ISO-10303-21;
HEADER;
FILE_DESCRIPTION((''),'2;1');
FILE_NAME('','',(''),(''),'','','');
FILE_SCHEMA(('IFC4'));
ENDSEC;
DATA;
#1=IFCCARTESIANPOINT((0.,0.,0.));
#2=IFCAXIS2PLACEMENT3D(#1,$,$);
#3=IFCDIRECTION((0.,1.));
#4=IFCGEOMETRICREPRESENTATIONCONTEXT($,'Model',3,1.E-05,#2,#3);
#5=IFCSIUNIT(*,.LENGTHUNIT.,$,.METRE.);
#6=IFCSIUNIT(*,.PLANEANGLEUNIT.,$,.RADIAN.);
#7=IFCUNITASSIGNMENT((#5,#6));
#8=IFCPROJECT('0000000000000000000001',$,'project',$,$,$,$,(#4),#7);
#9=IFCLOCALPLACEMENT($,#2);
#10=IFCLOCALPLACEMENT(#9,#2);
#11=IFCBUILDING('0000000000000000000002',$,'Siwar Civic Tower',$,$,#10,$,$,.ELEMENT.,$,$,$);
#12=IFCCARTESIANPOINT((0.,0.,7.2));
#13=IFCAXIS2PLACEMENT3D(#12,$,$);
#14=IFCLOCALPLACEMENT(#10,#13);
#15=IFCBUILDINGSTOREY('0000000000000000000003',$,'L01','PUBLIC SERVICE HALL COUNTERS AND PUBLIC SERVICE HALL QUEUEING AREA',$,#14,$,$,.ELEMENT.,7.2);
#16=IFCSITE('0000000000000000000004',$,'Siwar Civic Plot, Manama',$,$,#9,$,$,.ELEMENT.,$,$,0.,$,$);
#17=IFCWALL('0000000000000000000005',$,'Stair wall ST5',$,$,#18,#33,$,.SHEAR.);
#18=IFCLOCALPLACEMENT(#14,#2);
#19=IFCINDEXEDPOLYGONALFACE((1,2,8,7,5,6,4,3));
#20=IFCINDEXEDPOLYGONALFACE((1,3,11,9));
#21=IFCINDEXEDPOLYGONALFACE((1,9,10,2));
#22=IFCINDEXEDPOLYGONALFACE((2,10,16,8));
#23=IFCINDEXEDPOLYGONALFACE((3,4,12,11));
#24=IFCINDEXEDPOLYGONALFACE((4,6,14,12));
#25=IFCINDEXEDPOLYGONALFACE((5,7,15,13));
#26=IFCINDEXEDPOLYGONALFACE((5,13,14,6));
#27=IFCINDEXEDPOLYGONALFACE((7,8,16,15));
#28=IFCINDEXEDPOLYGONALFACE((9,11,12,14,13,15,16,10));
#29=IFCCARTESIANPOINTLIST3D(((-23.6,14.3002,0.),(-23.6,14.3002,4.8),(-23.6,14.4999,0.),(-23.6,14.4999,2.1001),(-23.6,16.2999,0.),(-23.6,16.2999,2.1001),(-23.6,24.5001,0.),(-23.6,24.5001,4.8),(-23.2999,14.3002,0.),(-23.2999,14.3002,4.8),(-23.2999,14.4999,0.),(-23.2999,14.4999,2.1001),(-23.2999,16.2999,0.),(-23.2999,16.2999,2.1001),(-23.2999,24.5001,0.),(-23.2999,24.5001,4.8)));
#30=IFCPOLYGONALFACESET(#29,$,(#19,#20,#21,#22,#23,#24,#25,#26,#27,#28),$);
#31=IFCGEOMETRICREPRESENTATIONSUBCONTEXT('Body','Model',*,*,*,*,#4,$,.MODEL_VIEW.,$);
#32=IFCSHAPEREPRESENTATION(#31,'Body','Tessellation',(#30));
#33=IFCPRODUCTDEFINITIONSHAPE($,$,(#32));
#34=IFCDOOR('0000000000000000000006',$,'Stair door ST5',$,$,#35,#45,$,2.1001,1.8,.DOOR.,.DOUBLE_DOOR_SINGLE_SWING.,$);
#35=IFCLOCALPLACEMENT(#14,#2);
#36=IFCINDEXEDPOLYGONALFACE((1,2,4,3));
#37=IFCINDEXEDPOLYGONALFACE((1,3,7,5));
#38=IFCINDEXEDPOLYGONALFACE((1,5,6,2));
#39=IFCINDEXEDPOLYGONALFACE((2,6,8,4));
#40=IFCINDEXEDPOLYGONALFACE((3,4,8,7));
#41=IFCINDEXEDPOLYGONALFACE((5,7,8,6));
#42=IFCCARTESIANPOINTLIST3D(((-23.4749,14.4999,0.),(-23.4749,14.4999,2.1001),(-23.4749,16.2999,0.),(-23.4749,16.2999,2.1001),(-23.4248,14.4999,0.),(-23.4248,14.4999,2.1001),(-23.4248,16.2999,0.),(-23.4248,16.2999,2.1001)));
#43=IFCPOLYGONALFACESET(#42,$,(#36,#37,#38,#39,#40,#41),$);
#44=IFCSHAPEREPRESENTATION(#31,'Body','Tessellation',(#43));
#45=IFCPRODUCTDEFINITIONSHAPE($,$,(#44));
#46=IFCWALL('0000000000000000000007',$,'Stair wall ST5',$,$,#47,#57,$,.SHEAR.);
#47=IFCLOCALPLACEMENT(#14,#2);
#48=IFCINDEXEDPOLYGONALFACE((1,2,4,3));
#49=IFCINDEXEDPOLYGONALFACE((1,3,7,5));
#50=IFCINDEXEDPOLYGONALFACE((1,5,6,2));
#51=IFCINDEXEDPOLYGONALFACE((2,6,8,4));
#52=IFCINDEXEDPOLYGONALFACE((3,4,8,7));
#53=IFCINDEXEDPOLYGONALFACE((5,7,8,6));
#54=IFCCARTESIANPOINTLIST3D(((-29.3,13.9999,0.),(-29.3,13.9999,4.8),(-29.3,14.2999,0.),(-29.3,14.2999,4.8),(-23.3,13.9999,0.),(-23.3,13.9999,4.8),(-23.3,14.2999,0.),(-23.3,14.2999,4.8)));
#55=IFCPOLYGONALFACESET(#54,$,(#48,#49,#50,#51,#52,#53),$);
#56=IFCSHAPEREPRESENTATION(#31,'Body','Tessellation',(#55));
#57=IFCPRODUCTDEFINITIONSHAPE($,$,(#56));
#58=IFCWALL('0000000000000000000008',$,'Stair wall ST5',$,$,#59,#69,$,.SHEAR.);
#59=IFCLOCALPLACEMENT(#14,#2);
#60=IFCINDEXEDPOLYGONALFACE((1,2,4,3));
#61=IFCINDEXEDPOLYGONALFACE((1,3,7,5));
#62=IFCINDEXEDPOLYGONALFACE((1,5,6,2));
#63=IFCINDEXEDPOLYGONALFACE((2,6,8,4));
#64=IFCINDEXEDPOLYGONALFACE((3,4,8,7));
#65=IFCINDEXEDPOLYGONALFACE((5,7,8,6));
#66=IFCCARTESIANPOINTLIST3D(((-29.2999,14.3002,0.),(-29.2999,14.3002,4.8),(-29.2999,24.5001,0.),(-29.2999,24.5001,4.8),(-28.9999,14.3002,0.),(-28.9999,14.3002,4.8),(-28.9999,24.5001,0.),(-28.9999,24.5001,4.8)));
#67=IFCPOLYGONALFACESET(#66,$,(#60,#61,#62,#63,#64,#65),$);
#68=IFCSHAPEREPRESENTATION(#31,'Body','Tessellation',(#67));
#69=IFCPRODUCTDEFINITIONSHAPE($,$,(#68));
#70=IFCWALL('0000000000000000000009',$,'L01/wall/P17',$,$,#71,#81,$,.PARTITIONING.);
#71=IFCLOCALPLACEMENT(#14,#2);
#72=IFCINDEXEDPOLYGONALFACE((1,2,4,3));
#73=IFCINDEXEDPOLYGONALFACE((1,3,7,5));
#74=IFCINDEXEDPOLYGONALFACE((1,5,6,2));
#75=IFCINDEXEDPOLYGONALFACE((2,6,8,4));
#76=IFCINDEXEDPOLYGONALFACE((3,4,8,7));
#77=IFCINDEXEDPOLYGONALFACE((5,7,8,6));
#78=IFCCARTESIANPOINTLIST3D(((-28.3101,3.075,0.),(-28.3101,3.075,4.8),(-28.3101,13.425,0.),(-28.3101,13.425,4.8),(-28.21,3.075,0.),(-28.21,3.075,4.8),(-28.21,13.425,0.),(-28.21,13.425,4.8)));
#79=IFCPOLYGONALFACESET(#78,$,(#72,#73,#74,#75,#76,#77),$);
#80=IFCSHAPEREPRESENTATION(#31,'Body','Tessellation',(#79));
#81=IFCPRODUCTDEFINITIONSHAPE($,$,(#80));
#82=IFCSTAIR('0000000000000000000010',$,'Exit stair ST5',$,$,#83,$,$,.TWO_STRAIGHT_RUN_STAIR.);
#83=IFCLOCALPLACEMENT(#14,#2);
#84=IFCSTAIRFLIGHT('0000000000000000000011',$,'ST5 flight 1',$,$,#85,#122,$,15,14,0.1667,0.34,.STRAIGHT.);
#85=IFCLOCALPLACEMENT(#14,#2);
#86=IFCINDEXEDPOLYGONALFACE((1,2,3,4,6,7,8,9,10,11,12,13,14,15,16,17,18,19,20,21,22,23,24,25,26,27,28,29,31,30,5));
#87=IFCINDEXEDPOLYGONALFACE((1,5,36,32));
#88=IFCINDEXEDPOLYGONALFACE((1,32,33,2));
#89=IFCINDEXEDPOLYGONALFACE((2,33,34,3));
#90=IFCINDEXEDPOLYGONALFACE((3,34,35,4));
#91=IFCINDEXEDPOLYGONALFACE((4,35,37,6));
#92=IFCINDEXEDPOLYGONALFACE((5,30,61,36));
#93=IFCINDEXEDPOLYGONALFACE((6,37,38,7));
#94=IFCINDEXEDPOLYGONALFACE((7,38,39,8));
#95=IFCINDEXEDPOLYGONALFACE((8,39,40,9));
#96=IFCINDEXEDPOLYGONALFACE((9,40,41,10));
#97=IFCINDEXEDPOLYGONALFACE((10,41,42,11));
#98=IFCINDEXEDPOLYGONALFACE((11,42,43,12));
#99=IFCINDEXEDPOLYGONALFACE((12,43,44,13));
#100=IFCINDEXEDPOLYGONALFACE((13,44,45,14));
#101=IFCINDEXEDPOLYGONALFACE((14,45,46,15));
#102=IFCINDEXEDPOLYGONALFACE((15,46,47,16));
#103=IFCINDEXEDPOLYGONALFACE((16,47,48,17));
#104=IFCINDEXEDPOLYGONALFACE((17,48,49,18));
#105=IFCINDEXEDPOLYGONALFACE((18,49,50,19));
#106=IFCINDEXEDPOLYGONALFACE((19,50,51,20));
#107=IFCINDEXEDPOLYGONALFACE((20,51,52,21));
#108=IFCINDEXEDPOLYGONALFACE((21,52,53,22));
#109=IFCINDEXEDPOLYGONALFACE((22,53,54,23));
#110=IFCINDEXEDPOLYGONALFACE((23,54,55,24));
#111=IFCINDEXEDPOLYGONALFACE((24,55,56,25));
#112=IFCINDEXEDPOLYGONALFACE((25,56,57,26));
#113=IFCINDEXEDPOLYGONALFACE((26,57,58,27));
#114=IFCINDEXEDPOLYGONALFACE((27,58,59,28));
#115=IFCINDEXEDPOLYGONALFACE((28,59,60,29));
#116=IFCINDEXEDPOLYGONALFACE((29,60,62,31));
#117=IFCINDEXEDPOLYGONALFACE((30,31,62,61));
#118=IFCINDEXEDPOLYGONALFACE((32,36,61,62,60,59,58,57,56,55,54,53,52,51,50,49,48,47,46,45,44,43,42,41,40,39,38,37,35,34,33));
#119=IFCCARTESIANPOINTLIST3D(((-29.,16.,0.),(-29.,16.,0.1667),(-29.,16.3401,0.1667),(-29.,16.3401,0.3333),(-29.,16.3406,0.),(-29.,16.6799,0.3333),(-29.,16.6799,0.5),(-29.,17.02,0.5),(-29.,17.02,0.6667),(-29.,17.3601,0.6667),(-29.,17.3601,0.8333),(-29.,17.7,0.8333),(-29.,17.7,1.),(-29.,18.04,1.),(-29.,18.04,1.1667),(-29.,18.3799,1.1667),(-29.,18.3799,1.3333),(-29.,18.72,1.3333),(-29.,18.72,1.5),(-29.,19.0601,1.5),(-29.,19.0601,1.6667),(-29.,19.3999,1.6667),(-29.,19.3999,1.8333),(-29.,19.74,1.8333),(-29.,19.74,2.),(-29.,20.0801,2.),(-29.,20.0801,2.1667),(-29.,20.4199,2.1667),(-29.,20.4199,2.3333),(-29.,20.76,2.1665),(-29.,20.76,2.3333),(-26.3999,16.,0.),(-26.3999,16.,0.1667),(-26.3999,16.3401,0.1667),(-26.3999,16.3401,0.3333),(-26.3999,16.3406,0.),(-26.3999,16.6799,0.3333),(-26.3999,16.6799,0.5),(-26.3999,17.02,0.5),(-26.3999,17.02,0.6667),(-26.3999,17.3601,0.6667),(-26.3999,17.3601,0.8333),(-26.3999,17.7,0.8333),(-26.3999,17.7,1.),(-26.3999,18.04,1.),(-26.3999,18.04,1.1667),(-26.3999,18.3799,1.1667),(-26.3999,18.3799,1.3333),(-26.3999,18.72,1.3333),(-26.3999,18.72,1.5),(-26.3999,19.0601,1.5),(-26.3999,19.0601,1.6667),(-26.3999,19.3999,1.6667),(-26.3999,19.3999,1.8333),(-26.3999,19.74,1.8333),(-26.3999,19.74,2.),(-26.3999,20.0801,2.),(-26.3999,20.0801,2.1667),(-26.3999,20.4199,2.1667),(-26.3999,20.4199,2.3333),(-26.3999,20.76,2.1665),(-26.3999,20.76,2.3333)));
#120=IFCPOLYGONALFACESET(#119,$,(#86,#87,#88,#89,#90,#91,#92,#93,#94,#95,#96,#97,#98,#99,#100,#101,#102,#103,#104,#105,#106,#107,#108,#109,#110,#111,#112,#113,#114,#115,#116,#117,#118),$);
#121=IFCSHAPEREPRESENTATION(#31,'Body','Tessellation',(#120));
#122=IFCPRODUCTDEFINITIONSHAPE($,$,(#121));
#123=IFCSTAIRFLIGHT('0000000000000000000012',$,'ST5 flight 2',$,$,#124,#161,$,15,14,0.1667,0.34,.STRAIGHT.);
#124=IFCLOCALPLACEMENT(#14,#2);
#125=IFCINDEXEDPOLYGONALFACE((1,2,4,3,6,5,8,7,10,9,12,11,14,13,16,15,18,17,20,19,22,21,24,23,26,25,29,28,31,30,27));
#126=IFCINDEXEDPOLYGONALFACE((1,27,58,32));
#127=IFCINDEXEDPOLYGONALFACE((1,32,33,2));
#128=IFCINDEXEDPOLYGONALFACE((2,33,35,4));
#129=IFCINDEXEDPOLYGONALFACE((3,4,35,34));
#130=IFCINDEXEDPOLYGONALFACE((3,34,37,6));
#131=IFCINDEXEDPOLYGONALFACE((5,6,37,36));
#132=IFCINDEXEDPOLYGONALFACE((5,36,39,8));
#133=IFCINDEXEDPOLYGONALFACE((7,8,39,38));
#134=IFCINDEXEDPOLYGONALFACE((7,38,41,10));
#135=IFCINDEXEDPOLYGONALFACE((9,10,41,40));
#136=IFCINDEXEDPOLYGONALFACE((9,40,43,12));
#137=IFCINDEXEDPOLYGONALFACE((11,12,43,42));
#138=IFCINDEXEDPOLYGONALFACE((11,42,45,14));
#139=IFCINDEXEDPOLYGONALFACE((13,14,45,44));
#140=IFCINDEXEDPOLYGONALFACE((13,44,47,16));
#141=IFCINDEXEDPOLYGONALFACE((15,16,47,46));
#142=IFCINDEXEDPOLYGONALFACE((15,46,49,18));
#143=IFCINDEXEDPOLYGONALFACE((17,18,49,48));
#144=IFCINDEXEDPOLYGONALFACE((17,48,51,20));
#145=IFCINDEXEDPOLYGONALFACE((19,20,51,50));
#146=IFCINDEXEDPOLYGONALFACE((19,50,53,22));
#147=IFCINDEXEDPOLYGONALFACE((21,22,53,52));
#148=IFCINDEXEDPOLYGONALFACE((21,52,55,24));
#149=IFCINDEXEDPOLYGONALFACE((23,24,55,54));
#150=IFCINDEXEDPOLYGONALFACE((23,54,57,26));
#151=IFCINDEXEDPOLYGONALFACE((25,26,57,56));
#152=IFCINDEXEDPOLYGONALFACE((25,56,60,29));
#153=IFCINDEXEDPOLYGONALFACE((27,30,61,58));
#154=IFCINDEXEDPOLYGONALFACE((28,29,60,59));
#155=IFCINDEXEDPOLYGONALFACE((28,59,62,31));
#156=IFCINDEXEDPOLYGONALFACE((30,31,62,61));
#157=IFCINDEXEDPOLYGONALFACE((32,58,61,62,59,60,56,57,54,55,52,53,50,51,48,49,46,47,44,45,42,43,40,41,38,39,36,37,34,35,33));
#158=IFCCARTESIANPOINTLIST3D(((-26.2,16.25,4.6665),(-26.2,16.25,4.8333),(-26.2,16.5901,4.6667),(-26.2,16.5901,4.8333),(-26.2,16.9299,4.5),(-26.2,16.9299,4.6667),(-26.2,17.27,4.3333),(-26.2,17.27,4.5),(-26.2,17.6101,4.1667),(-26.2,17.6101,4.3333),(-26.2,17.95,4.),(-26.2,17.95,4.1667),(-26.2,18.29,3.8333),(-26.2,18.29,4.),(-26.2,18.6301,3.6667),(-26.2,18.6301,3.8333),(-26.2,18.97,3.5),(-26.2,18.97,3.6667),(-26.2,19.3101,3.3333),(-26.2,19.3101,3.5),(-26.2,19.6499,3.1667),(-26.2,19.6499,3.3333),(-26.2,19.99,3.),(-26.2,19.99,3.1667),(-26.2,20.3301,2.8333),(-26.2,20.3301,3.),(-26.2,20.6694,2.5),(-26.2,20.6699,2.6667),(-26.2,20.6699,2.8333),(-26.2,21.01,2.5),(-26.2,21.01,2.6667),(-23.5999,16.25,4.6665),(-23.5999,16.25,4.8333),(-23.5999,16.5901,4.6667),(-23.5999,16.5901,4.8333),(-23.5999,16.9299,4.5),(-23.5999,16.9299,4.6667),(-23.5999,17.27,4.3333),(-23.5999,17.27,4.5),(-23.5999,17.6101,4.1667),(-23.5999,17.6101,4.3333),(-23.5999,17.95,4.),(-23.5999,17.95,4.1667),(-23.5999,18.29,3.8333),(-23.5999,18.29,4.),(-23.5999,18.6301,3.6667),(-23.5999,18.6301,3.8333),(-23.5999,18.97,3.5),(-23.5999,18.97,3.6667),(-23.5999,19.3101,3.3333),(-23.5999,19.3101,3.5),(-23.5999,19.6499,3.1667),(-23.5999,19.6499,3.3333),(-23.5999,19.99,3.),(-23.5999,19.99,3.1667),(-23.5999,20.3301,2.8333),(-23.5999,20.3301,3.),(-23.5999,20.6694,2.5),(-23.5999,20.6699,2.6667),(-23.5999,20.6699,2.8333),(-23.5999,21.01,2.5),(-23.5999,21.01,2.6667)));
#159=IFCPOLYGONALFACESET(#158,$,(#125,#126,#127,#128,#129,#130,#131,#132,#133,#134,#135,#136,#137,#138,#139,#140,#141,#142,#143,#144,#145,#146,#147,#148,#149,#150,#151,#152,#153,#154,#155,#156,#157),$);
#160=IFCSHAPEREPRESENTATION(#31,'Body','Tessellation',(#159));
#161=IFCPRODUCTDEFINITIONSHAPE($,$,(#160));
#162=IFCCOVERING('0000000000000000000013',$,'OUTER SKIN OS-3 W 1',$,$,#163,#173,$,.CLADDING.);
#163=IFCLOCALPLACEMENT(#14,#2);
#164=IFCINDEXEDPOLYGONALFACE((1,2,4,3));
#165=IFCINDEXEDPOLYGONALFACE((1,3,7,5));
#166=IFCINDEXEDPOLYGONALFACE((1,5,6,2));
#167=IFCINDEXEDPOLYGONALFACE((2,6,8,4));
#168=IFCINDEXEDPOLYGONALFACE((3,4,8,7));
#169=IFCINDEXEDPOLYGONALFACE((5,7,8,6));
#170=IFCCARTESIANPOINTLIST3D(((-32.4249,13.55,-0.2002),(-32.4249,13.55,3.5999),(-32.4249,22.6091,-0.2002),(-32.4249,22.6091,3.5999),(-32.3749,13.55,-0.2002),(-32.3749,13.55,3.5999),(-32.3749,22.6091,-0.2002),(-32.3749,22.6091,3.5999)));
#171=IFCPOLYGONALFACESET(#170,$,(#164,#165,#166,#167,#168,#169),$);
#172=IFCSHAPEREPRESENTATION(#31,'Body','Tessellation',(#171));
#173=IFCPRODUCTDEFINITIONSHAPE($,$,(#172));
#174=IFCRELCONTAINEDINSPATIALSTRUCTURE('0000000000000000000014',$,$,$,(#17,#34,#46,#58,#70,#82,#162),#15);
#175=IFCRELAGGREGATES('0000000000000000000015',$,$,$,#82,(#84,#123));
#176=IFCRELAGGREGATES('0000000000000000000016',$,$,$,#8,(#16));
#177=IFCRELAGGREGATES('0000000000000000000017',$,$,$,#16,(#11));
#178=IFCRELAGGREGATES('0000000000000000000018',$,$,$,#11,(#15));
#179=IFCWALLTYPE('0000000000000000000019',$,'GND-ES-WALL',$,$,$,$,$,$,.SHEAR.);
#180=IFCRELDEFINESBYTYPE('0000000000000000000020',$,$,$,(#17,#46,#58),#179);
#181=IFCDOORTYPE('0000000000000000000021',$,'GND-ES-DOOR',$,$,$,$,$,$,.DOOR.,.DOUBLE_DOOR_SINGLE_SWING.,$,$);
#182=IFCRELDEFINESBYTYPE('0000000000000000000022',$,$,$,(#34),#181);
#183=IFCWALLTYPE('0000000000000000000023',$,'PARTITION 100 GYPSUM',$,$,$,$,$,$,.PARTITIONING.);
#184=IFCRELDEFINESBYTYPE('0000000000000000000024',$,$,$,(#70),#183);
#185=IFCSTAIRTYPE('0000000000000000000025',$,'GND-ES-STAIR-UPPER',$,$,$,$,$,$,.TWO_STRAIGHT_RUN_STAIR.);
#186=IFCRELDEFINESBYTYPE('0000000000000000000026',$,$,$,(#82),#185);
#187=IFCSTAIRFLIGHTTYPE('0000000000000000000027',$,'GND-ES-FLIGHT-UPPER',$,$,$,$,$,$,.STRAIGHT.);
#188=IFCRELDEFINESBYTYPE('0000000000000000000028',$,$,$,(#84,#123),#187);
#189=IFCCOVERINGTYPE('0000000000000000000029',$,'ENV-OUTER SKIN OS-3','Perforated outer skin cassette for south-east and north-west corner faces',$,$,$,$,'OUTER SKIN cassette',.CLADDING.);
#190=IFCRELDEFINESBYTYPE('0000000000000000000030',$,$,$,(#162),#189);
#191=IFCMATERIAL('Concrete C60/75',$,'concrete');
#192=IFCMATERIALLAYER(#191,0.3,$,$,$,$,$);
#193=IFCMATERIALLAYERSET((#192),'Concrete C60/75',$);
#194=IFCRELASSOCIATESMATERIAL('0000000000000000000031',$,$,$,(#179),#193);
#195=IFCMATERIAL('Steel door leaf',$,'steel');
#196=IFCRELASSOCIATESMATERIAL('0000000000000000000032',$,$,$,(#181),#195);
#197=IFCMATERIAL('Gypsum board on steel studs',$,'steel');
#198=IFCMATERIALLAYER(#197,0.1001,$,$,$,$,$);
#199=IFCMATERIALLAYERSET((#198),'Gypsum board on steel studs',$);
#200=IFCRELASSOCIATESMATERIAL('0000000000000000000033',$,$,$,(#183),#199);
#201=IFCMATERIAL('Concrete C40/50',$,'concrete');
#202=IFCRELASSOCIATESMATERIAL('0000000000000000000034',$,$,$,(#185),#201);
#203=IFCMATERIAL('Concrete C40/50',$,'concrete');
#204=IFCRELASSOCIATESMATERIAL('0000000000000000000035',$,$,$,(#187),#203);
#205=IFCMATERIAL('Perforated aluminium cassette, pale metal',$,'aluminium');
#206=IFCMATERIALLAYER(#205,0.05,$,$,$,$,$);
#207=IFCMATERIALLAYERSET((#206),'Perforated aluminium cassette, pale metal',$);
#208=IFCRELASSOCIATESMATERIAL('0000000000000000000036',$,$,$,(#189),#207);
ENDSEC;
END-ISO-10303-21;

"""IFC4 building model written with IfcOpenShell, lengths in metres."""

from ifc_helpers import new_model, si_unit, direction, frame, frame_2d, origin, origin_2d, place, context, subcontext, project, spatial, polyline, rectangle, outline, extrude, material, layer, layer_set, type_object, element, fill, aggregate, save


model = new_model("IFC4")

# Units and contexts
model_context = context("Model", 3, precision=1e-05, world=origin(), true_north=direction((0.0, 1.0)))
body_context = subcontext(model_context, "Body", "Model", "MODEL_VIEW")
ifc_project = project(units=[si_unit("LENGTHUNIT", "METRE"), si_unit("PLANEANGLEUNIT", "RADIAN")], contexts=[model_context])

# Site, building, storey
site_placement = place(None, origin())
site = spatial("IfcSite", under=ifc_project, at=site_placement, Name="Siwar Civic Plot, Manama", CompositionType="ELEMENT", RefElevation=0.0)
building_placement = place(site_placement, origin())
building = spatial("IfcBuilding", under=site, at=building_placement, Name="Siwar Civic Tower", CompositionType="ELEMENT")
storey_placement = place(building_placement, frame((0.0, 0.0, 7.2)))
storey = spatial("IfcBuildingStorey", under=building, at=storey_placement, Name="L01", Description="PUBLIC SERVICE HALL COUNTERS AND PUBLIC SERVICE HALL QUEUEING AREA", CompositionType="ELEMENT", Elevation=7.2)

# Wall, opening, door
ifc_material_1 = material(Name="Concrete C60/75", Category="concrete")
ifc_layer_1 = layer(ifc_material_1, 0.3)
ifc_layer_set_1 = layer_set([ifc_layer_1], Name="Concrete C60/75")
wall_type_1 = type_object("IfcWallType", Name="GND-ES-WALL", PredefinedType="SHEAR", material=ifc_layer_set_1)
wall_1_placement = place(storey_placement, frame((-23.45, 14.3, 0.0), z_axis=(0.0, 0.0, 1.0), x_axis=(0.0, 1.0, 0.0)))
wall_1 = element("IfcWall", 1, at=wall_1_placement, inside=storey, type_object=wall_type_1, Name="Stair wall ST5", PredefinedType="SHEAR", context=body_context, shape_type="SweptSolid", body=[
    extrude(rectangle(XDim=10.2, YDim=0.3, at=frame_2d((5.1001, 0.0))), origin(), (0.0, 0.0, 1.0), 4.8),
])
opening_1_placement = place(wall_1_placement, frame((0.2, 0.0, 0.0)))
opening_1 = element("IfcOpeningElement", 2, at=opening_1_placement, cuts=wall_1, PredefinedType="OPENING", context=body_context, shape_type="SweptSolid", body=[
    extrude(rectangle(XDim=1.8, YDim=2.1001, at=frame_2d((0.8999, 1.05))), frame((0.0, 0.1602, 0.0), z_axis=(0.0, -1.0, 0.0), x_axis=(1.0, 0.0, 0.0)), (0.0, 0.0, 1.0), 0.3201),
])
ifc_material_2 = material(Name="Steel door leaf", Category="steel")
door_type_1 = type_object("IfcDoorType", Name="GND-ES-DOOR", OperationType="DOUBLE_DOOR_SINGLE_SWING", PredefinedType="DOOR", material=ifc_material_2)
door_1_placement = place(opening_1_placement, origin())
door_1 = element("IfcDoor", 3, at=door_1_placement, inside=storey, type_object=door_type_1, Name="Stair door ST5", OperationType="DOUBLE_DOOR_SINGLE_SWING", OverallHeight=2.1001, OverallWidth=1.8, PredefinedType="DOOR", context=body_context, shape_type="SweptSolid", body=[
    extrude(rectangle(XDim=1.8, YDim=2.1001, at=frame_2d((0.8999, 1.05))), frame((0.0, 0.0249, 0.0), z_axis=(0.0, -1.0, 0.0), x_axis=(1.0, 0.0, 0.0)), (0.0, 0.0, 1.0), 0.05),
])
fill(opening_1, door_1)

# Walls
wall_2_placement = place(storey_placement, frame((-29.3, 14.1499, 0.0), z_axis=(0.0, 0.0, 1.0), x_axis=(1.0, 0.0, 0.0)))
element("IfcWall", 4, at=wall_2_placement, inside=storey, type_object=wall_type_1, Name="Stair wall ST5", PredefinedType="SHEAR", context=body_context, shape_type="SweptSolid", body=[
    extrude(rectangle(XDim=6.0, YDim=0.3, at=frame_2d((3.0, 0.0))), origin(), (0.0, 0.0, 1.0), 4.8),
])
wall_3_placement = place(storey_placement, frame((-29.1499, 14.3, 0.0), z_axis=(0.0, 0.0, 1.0), x_axis=(0.0, 1.0, 0.0)))
element("IfcWall", 5, at=wall_3_placement, inside=storey, type_object=wall_type_1, Name="Stair wall ST5", PredefinedType="SHEAR", context=body_context, shape_type="SweptSolid", body=[
    extrude(rectangle(XDim=10.2, YDim=0.3, at=frame_2d((5.1001, 0.0))), origin(), (0.0, 0.0, 1.0), 4.8),
])
ifc_material_3 = material(Name="Gypsum board on steel studs", Category="steel")
ifc_layer_2 = layer(ifc_material_3, 0.1001)
ifc_layer_set_2 = layer_set([ifc_layer_2], Name="Gypsum board on steel studs")
wall_type_2 = type_object("IfcWallType", Name="PARTITION 100 GYPSUM", PredefinedType="PARTITIONING", material=ifc_layer_set_2)
wall_4_placement = place(storey_placement, frame((-28.26, 3.075, 0.0), z_axis=(0.0, 0.0, 1.0), x_axis=(0.0, 1.0, 0.0)))
element("IfcWall", 6, at=wall_4_placement, inside=storey, type_object=wall_type_2, Name="L01/wall/P17", PredefinedType="PARTITIONING", context=body_context, shape_type="SweptSolid", body=[
    extrude(rectangle(XDim=10.3501, YDim=0.1001, at=frame_2d((5.175, 0.0))), origin(), (0.0, 0.0, 1.0), 4.8),
])

# Stair, stair flights
ifc_material_4 = material(Name="Concrete C40/50", Category="concrete")
stair_type = type_object("IfcStairType", Name="GND-ES-STAIR-UPPER", PredefinedType="TWO_STRAIGHT_RUN_STAIR", material=ifc_material_4)
stair_placement = place(storey_placement, origin())
stair = element("IfcStair", 7, at=stair_placement, inside=storey, type_object=stair_type, Name="Exit stair ST5", PredefinedType="TWO_STRAIGHT_RUN_STAIR")
ifc_material_5 = material(Name="Concrete C40/50", Category="concrete")
stair_flight_type = type_object("IfcStairFlightType", Name="GND-ES-FLIGHT-UPPER", PredefinedType="STRAIGHT", material=ifc_material_5)
stair_flight_1_placement = place(storey_placement, frame((-27.7, 16.0, 0.0), z_axis=(0.0, 0.0, 1.0), x_axis=(0.0, 1.0, 0.0)))
stair_flight_1 = element("IfcStairFlight", 8, at=stair_flight_1_placement, type_object=stair_flight_type, Name="ST5 flight 1", NumberOfRisers=15, NumberOfTreads=14, PredefinedType="STRAIGHT", RiserHeight=0.1667, TreadLength=0.34, context=body_context, shape_type="SweptSolid", body=[
    extrude(outline(polyline([(0.0, 0.0), (0.0, 0.1667), (0.3401, 0.1667), (0.3401, 0.3333), (0.6799, 0.3333), (0.6799, 0.5), (1.02, 0.5), (1.02, 0.6667), (1.3601, 0.6667), (1.3601, 0.8333), (1.7, 0.8333), (1.7, 1.0), (2.04, 1.0), (2.04, 1.1667), (2.3799, 1.1667), (2.3799, 1.3333), (2.72, 1.3333), (2.72, 1.5), (3.0601, 1.5), (3.0601, 1.6667), (3.3999, 1.6667), (3.3999, 1.8333), (3.74, 1.8333), (3.74, 2.0), (4.0801, 2.0), (4.0801, 2.1667), (4.4199, 2.1667), (4.4199, 2.3333), (4.76, 2.3333), (4.76, 2.5), (4.76, 2.1665), (0.3406, 0.0), (0.0, 0.0)])), frame((0.0, 1.3, 0.0), z_axis=(0.0, -1.0, 0.0), x_axis=(1.0, 0.0, 0.0)), (0.0, 0.0, 1.0), 2.6001),
])
stair_flight_2_placement = place(storey_placement, frame((-24.8999, 21.01, 2.5), z_axis=(0.0, 0.0, 1.0), x_axis=(0.0, -1.0, 0.0)))
stair_flight_2 = element("IfcStairFlight", 9, at=stair_flight_2_placement, type_object=stair_flight_type, Name="ST5 flight 2", NumberOfRisers=15, NumberOfTreads=14, PredefinedType="STRAIGHT", RiserHeight=0.1667, TreadLength=0.34, context=body_context, shape_type="SweptSolid", body=[
    extrude(outline(polyline([(0.0, 0.0), (0.0, 0.1667), (0.3401, 0.1667), (0.3401, 0.3333), (0.6799, 0.3333), (0.6799, 0.5), (1.02, 0.5), (1.02, 0.6667), (1.3601, 0.6667), (1.3601, 0.8333), (1.7, 0.8333), (1.7, 1.0), (2.04, 1.0), (2.04, 1.1667), (2.3799, 1.1667), (2.3799, 1.3333), (2.72, 1.3333), (2.72, 1.5), (3.0601, 1.5), (3.0601, 1.6667), (3.3999, 1.6667), (3.3999, 1.8333), (3.74, 1.8333), (3.74, 2.0), (4.0801, 2.0), (4.0801, 2.1667), (4.4199, 2.1667), (4.4199, 2.3333), (4.76, 2.3333), (4.76, 2.5), (4.76, 2.1665), (0.3406, 0.0), (0.0, 0.0)])), frame((0.0, 1.3, 0.0), z_axis=(0.0, -1.0, 0.0), x_axis=(1.0, 0.0, 0.0)), (0.0, 0.0, 1.0), 2.6001),
])
aggregate(stair, [stair_flight_1, stair_flight_2])

# Covering
ifc_material_6 = material(Name="Perforated aluminium cassette, pale metal", Category="aluminium")
ifc_layer_3 = layer(ifc_material_6, 0.05)
ifc_layer_set_3 = layer_set([ifc_layer_3], Name="Perforated aluminium cassette, pale metal")
covering_type = type_object("IfcCoveringType", Name="ENV-OUTER SKIN OS-3", Description="Perforated outer skin cassette for south-east and north-west corner faces", ElementType="OUTER SKIN cassette", PredefinedType="CLADDING", material=ifc_layer_set_3)
covering_1_placement = place(storey_placement, frame((-32.3999, 18.0796, -0.2002), z_axis=(0.0, 0.0, 1.0), x_axis=(0.0, -1.0, 0.0)))
element("IfcCovering", 10, at=covering_1_placement, inside=storey, type_object=covering_type, Name="OUTER SKIN OS-3 W 1", PredefinedType="CLADDING", context=body_context, shape_type="SweptSolid", body=[
    extrude(rectangle(XDim=9.0591, YDim=0.05, at=origin_2d()), origin(), (0.0, 0.0, 1.0), 3.8),
])

save(model, "model.ifc")
